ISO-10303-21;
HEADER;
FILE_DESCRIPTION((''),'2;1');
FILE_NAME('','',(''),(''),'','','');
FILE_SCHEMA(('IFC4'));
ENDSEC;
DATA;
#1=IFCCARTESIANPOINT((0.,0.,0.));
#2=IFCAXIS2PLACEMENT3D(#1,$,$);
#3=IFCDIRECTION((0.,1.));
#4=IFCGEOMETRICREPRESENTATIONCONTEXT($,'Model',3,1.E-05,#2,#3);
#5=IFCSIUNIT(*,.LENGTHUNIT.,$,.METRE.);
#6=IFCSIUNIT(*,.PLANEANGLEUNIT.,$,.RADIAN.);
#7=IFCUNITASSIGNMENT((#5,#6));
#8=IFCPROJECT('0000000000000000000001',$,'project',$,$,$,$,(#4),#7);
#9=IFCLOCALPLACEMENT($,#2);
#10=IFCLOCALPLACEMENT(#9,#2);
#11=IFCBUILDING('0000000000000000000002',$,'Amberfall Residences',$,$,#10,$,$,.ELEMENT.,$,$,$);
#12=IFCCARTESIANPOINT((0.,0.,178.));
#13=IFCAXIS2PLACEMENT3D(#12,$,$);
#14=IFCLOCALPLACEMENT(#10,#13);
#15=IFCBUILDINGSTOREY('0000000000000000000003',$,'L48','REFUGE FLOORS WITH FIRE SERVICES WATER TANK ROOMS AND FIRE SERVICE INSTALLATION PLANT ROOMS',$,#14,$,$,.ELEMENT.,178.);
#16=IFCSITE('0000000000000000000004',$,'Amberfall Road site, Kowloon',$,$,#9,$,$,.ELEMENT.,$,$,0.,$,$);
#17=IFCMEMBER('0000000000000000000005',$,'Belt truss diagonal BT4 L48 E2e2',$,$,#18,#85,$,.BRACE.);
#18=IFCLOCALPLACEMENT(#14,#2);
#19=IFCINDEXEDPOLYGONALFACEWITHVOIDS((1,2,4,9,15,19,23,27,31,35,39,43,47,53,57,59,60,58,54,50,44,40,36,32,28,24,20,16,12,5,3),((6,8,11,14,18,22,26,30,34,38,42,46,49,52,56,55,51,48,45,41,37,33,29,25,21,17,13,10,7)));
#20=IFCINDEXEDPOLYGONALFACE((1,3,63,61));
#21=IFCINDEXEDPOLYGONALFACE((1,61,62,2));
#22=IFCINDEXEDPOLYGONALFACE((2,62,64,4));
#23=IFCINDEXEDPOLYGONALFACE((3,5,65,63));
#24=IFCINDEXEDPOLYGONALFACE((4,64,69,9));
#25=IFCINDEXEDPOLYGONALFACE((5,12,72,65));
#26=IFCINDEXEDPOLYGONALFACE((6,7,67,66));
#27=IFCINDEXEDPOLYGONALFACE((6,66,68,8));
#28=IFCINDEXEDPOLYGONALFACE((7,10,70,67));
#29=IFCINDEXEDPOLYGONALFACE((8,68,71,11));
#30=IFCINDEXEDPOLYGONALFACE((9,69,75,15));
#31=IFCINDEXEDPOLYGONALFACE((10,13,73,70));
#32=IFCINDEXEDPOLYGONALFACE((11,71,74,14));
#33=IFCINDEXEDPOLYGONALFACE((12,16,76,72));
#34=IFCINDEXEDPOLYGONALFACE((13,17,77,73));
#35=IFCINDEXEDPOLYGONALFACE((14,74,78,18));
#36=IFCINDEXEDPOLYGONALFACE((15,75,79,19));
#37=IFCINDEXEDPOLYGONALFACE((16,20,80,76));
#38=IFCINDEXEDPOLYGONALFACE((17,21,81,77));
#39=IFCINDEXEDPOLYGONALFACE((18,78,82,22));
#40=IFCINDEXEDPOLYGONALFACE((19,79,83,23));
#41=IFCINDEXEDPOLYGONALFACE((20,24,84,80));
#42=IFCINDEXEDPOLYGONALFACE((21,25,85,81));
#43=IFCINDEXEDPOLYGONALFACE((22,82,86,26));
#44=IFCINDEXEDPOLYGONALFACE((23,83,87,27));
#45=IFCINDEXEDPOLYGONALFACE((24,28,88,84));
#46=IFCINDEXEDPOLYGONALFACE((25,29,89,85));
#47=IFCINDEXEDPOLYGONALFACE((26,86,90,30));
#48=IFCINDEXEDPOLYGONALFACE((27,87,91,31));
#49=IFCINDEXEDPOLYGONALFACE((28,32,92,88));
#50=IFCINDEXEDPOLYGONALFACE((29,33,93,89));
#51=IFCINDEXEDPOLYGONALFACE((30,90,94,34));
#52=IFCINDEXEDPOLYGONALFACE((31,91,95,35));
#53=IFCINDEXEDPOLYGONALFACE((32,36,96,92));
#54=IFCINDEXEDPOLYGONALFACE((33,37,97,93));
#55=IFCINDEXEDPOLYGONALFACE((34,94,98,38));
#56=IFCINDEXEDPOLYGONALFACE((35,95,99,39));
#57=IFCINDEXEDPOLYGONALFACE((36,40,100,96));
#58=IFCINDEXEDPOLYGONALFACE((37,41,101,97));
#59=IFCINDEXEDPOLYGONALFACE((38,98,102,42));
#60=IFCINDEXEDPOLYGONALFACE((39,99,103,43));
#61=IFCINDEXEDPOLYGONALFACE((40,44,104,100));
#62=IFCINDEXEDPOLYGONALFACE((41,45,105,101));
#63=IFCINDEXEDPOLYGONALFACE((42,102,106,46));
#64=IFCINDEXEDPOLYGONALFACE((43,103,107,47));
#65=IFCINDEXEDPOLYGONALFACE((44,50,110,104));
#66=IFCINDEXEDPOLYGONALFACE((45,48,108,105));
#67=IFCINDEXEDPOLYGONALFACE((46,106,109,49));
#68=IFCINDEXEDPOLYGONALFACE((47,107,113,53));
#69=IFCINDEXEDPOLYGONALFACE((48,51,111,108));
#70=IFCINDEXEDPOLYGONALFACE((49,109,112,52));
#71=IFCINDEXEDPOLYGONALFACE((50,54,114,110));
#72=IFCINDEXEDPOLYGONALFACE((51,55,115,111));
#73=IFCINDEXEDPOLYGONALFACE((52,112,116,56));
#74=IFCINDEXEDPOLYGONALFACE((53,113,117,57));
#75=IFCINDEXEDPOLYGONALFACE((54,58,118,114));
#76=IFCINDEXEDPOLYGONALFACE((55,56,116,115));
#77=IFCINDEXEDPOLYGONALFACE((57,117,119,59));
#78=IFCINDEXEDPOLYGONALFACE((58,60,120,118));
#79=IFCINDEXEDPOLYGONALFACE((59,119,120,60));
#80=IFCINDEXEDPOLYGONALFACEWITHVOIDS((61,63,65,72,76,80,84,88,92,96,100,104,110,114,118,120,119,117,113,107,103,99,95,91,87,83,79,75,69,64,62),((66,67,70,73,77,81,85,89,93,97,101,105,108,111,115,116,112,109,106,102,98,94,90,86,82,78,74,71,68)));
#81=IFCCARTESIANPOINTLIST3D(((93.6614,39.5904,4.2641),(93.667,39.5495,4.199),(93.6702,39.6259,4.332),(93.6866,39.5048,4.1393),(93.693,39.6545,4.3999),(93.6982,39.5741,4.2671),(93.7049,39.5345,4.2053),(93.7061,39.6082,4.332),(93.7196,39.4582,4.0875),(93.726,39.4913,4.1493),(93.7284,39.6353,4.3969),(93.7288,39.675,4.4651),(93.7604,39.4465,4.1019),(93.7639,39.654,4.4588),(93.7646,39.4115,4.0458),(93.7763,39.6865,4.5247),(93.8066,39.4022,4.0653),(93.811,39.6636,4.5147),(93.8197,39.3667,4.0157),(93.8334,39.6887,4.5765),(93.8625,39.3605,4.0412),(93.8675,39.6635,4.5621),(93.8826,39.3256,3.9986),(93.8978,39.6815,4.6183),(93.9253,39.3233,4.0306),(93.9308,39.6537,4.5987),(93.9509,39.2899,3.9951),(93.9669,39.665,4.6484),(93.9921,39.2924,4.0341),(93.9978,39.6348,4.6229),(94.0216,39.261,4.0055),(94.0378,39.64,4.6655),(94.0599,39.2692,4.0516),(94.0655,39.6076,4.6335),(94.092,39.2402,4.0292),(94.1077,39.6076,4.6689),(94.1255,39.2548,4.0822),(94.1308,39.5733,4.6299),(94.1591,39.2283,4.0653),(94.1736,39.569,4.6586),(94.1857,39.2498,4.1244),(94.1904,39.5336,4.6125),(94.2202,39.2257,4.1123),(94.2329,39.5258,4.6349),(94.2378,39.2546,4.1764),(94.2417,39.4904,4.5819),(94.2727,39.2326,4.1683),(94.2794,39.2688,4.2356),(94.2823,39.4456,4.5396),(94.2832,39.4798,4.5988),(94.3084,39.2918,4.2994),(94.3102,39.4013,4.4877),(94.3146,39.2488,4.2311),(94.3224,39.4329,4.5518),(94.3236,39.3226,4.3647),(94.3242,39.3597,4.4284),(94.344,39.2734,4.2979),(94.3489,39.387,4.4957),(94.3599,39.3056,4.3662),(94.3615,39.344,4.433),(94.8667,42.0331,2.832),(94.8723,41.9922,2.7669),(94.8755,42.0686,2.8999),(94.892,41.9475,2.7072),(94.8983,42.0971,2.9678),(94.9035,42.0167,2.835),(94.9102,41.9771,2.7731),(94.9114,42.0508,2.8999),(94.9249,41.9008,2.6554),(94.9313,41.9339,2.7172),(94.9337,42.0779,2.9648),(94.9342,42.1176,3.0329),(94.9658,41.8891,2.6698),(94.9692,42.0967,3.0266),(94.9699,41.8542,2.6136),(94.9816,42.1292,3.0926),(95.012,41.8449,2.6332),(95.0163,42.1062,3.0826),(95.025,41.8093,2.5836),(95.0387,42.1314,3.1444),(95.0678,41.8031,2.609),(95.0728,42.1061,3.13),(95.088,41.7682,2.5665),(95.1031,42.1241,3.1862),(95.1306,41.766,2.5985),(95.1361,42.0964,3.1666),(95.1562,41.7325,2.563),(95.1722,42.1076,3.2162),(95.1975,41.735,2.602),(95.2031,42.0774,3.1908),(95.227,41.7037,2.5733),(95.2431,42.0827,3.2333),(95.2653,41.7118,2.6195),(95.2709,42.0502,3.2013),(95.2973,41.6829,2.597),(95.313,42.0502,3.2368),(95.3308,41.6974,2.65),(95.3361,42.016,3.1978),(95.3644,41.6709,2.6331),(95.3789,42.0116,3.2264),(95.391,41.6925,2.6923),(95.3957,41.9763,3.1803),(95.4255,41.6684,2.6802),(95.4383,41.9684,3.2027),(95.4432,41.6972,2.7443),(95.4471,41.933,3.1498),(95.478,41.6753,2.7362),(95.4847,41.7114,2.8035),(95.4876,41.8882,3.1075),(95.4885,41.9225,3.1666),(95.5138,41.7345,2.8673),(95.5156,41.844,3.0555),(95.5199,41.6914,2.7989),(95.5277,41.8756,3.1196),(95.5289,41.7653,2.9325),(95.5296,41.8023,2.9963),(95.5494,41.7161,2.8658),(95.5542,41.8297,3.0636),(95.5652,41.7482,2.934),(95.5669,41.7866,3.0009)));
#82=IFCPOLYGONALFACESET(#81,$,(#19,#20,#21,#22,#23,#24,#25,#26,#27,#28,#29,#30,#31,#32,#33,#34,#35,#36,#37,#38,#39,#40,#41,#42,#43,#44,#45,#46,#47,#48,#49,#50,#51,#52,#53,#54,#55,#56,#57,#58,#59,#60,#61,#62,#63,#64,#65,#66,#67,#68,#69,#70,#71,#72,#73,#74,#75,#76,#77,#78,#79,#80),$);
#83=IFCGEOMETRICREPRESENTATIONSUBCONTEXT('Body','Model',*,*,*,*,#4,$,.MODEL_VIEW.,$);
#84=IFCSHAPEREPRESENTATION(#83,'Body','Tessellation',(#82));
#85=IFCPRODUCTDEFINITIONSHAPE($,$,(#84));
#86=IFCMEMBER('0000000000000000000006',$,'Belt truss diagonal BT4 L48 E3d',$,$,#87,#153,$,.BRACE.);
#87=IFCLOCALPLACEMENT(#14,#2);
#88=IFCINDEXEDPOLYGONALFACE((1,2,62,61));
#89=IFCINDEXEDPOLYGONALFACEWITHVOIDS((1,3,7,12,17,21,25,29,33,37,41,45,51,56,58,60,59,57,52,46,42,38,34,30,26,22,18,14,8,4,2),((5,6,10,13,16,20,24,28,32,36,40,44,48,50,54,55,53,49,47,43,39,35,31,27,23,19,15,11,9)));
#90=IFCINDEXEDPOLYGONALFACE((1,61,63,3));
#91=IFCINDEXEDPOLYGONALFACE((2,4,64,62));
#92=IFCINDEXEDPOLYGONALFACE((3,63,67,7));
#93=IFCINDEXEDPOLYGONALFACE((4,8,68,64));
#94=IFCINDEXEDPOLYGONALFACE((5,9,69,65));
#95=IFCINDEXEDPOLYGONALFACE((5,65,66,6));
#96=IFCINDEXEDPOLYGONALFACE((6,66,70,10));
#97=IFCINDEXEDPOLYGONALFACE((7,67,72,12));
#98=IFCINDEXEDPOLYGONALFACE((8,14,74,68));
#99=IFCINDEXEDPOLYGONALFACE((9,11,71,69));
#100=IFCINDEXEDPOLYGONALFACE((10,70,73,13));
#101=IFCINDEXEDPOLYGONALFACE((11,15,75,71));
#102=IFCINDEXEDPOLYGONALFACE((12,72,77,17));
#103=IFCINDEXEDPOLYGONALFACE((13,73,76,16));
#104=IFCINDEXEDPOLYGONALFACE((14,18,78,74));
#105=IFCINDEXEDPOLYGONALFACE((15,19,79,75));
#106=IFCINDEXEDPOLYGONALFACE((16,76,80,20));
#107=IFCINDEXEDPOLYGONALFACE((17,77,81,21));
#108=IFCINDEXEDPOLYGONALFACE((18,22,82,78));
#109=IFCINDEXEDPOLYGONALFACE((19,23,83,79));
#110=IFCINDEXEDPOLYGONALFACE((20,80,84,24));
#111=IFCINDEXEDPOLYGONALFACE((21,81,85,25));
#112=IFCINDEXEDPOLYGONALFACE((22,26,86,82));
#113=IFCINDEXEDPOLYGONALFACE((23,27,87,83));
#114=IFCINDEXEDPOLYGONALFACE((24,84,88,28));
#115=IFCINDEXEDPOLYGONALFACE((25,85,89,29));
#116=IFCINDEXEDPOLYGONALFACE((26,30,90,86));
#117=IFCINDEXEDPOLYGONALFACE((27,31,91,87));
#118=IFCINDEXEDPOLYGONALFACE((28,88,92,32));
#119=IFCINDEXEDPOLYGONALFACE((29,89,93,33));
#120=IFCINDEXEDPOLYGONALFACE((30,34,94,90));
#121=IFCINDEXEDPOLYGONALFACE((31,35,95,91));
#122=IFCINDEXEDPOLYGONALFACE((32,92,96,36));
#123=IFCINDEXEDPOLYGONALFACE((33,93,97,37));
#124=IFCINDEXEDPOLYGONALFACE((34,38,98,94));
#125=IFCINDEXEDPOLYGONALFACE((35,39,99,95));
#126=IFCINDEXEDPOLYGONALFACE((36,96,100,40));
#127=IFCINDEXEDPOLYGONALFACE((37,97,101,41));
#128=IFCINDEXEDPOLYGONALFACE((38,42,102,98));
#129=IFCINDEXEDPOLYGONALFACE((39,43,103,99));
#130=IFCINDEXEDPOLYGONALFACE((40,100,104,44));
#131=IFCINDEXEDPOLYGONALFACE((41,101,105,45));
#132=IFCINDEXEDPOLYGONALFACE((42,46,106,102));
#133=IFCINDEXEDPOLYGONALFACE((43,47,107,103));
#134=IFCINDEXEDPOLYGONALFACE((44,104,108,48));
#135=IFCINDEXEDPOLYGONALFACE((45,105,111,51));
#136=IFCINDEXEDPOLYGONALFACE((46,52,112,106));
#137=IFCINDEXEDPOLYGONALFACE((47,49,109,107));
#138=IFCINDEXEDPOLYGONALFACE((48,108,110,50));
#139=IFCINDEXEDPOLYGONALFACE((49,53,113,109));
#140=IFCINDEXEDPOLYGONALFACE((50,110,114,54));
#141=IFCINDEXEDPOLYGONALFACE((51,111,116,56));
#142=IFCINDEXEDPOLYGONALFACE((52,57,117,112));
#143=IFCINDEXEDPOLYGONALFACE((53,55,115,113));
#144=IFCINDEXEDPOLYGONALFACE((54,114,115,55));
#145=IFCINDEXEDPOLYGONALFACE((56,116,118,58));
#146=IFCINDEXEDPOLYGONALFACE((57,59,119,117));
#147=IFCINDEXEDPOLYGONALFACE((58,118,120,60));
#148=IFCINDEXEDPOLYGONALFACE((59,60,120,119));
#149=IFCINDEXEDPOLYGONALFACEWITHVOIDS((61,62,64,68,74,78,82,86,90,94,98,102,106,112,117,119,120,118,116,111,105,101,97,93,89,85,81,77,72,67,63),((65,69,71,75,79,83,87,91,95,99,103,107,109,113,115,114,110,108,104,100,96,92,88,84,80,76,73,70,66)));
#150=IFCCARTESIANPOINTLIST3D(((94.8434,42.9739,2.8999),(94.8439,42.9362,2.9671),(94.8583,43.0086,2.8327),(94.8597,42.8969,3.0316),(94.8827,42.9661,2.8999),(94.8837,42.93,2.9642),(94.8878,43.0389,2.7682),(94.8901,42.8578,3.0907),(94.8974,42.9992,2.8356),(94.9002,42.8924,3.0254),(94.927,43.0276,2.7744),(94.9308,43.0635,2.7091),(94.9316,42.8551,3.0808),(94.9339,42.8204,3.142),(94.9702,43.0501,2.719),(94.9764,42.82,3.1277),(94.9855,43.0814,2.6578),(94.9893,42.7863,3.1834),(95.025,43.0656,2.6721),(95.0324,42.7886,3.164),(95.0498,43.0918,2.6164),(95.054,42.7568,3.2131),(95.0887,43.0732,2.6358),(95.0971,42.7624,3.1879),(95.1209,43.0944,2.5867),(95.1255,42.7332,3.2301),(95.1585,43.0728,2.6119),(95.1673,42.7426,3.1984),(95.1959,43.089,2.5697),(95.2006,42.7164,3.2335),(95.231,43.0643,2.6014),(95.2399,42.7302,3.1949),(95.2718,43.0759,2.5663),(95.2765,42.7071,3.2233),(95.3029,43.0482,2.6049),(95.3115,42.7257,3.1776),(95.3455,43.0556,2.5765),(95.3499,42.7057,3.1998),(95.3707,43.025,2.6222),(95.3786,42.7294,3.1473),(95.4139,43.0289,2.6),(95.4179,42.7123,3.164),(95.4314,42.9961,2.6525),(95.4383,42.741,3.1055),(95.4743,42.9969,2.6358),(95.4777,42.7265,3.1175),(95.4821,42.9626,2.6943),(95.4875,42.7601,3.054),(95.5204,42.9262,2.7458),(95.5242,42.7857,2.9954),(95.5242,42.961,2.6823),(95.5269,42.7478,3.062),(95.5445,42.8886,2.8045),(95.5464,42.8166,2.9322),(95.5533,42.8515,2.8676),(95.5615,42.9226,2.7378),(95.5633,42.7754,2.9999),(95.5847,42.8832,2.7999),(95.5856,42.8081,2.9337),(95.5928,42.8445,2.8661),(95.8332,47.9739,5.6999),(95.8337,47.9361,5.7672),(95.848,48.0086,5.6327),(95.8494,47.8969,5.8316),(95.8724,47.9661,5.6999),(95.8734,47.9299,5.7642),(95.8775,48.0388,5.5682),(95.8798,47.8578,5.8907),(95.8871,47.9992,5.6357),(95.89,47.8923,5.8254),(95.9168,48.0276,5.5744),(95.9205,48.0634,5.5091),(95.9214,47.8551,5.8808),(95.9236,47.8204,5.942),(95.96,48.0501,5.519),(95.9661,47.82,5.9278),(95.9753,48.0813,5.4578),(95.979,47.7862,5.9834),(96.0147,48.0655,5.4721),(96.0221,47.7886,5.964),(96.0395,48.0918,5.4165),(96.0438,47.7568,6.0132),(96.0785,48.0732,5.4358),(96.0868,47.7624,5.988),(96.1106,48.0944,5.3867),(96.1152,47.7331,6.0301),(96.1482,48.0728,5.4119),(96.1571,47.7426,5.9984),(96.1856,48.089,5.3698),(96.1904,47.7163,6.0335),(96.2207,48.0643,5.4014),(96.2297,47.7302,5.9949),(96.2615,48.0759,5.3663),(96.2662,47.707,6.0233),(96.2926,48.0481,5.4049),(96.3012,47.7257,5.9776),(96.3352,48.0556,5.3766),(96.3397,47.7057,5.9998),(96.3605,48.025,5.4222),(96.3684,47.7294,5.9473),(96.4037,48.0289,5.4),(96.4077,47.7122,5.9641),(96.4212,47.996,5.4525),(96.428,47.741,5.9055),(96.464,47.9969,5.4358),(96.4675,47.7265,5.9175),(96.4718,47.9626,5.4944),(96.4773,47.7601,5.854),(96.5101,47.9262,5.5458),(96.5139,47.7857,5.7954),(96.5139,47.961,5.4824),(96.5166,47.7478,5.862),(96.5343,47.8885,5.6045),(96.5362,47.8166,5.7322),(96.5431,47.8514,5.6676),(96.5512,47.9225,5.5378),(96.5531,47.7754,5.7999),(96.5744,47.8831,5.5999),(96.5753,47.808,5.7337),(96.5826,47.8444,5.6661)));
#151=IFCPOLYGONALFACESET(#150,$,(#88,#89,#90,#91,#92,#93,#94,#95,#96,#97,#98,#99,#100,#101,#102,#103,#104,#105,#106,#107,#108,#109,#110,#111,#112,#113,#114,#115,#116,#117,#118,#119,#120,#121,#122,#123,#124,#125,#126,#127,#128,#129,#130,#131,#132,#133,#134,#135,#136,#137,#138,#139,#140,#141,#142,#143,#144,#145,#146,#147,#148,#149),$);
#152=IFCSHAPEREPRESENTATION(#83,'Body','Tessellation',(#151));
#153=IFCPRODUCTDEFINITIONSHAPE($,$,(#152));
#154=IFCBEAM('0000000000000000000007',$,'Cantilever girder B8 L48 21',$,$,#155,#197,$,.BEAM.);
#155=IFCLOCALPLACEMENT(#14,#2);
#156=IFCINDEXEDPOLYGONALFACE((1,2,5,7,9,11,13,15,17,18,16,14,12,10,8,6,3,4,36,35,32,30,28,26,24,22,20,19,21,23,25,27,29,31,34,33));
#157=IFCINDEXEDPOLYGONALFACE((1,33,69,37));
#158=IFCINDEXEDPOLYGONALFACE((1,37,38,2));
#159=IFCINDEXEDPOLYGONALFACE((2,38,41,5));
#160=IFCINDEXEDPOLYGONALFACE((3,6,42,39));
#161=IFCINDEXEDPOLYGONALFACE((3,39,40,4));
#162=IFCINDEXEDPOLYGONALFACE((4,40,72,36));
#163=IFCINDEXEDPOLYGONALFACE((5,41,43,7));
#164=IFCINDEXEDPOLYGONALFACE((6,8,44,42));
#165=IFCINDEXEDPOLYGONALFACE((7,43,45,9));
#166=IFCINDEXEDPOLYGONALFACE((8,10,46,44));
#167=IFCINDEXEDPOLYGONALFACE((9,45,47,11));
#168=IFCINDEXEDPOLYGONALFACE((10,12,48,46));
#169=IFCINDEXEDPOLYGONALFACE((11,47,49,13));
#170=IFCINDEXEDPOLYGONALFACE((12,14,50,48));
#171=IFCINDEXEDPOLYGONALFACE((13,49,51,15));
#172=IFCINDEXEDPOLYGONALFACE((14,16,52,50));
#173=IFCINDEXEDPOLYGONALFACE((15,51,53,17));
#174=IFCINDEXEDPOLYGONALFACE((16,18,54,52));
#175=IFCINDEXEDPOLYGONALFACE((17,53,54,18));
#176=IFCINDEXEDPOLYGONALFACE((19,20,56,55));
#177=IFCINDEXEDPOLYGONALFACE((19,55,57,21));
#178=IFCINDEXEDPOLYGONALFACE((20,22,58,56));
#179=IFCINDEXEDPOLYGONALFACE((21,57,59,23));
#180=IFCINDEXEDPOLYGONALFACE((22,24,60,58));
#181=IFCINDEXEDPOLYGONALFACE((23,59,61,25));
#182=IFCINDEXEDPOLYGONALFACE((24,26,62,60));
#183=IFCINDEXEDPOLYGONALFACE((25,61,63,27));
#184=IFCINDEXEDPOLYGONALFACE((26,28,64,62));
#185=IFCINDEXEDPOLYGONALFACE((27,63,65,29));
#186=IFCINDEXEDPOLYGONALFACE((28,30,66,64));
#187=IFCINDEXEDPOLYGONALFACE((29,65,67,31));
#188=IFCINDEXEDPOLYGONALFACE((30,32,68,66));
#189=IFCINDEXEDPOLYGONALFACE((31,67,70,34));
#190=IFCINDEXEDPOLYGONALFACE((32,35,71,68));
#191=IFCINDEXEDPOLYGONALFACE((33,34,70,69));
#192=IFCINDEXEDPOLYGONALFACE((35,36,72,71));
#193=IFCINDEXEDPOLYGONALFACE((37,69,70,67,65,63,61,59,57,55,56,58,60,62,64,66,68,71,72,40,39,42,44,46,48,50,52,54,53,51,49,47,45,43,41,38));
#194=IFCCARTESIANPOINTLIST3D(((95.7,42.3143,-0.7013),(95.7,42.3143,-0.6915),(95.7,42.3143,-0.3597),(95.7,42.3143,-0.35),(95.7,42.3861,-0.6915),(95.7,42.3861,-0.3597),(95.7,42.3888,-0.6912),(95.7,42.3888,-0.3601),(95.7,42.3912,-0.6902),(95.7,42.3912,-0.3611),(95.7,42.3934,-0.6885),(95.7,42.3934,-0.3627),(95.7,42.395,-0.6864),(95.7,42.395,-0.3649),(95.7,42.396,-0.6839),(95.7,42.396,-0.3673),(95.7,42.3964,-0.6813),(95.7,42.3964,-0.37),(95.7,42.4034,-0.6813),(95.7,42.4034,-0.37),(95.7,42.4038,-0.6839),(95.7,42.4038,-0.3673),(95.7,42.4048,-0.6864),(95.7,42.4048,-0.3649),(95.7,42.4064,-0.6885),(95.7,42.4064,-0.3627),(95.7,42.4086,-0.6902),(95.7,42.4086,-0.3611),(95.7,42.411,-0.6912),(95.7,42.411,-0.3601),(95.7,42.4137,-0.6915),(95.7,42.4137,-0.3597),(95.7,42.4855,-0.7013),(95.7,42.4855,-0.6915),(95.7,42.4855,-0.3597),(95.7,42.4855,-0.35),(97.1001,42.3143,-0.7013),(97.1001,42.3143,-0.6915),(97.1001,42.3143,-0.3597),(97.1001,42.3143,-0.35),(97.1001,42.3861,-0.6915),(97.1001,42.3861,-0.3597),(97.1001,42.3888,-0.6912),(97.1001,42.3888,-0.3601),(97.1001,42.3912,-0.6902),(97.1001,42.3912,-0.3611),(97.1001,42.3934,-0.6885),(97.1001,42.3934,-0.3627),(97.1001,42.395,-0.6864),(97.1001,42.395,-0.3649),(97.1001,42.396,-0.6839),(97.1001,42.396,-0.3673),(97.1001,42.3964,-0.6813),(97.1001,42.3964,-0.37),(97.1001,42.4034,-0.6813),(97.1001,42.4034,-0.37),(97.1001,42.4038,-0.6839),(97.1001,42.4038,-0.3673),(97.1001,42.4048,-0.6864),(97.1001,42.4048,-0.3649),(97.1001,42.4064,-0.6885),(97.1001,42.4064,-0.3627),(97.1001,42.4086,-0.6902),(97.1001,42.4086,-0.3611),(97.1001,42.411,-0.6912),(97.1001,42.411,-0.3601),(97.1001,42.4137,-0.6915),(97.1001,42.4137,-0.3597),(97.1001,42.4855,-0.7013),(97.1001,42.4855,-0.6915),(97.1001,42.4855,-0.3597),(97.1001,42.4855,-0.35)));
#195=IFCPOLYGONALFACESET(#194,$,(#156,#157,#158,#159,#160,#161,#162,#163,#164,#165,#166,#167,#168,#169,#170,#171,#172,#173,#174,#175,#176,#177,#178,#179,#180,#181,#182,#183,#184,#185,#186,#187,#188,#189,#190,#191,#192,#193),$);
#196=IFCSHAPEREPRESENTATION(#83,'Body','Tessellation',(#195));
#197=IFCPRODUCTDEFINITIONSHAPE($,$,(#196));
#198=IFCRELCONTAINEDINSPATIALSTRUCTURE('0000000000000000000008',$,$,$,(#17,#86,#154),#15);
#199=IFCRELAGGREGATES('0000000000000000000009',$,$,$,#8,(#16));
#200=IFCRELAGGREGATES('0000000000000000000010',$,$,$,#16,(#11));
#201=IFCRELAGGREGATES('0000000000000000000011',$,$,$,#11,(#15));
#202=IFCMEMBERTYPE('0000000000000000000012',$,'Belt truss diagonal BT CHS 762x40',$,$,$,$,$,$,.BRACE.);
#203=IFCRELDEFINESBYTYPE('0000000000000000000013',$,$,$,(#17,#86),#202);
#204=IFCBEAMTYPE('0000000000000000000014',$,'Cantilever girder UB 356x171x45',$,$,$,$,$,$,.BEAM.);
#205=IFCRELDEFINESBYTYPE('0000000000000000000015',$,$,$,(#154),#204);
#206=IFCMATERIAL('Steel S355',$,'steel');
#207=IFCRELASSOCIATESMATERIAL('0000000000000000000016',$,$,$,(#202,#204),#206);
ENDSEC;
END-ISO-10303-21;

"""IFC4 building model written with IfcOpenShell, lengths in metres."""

from ifc_helpers import new_model, si_unit, direction, frame, origin, origin_2d, place, context, subcontext, project, spatial, hollow_circle, i_section, extrude, material, material_profile, profile_set, type_object, element, save


model = new_model("IFC4")

# Units and contexts
model_context = context("Model", 3, precision=1e-05, world=origin(), true_north=direction((0.0, 1.0)))
body_context = subcontext(model_context, "Body", "Model", "MODEL_VIEW")
ifc_project = project(units=[si_unit("LENGTHUNIT", "METRE"), si_unit("PLANEANGLEUNIT", "RADIAN")], contexts=[model_context])

# Site, building, storey
site_placement = place(None, origin())
site = spatial("IfcSite", under=ifc_project, at=site_placement, Name="Amberfall Road site, Kowloon", CompositionType="ELEMENT", RefElevation=0.0)
building_placement = place(site_placement, origin())
building = spatial("IfcBuilding", under=site, at=building_placement, Name="Amberfall Residences", CompositionType="ELEMENT")
storey_placement = place(building_placement, frame((0.0, 0.0, 178.0)))
storey = spatial("IfcBuildingStorey", under=building, at=storey_placement, Name="L48", Description="REFUGE FLOORS WITH FIRE SERVICES WATER TANK ROOMS AND FIRE SERVICE INSTALLATION PLANT ROOMS", CompositionType="ELEMENT", Elevation=178.0)

# Shared definitions
ifc_material_1 = material(Name="Steel S355", Category="steel")

# Members
ifc_material_profile_1 = material_profile(ifc_material_1, hollow_circle(Radius=0.3811, WallThickness=0.04, at=origin_2d()), Name="CHS 762x40")
ifc_profile_set_1 = profile_set([ifc_material_profile_1], Name="Steel S355")
member_type_1 = type_object("IfcMemberType", Name="Belt truss diagonal BT CHS 762x40", PredefinedType="BRACE", material=ifc_profile_set_1)
member_1_placement = place(storey_placement, frame((94.012, 39.4573, 4.332), z_axis=(0.391673, 0.793738, -0.465374), x_axis=(-0.896763, 0.442511, 0.0)))
element("IfcMember", 1, at=member_1_placement, inside=storey, type_object=member_type_1, Name="Belt truss diagonal BT4 L48 E2e2", PredefinedType="BRACE", context=body_context, shape_type="SweptSolid", body=[
    extrude(hollow_circle(Radius=0.3811, WallThickness=0.04, at=origin_2d()), origin(), (0.0, 0.0, 1.0), 3.0774),
])
member_2_placement = place(storey_placement, frame((95.2173, 42.8999, 2.8999), z_axis=(0.170191, 0.859773, 0.481482), x_axis=(-0.980966, 0.194181, 0.0)))
element("IfcMember", 2, at=member_2_placement, inside=storey, type_object=member_type_1, Name="Belt truss diagonal BT4 L48 E3d", PredefinedType="BRACE", context=body_context, shape_type="SweptSolid", body=[
    extrude(hollow_circle(Radius=0.3811, WallThickness=0.04, at=origin_2d()), origin(), (0.0, 0.0, 1.0), 5.8154),
])

# Beam
ifc_material_profile_2 = material_profile(ifc_material_1, i_section(OverallWidth=0.1711, OverallDepth=0.3513, WebThickness=0.0071, FlangeThickness=0.0098, FilletRadius=0.0103, at=origin_2d()), Name="UB 356x171x45")
ifc_profile_set_2 = profile_set([ifc_material_profile_2], Name="Steel S355")
beam_type_1 = type_object("IfcBeamType", Name="Cantilever girder UB 356x171x45", PredefinedType="BEAM", material=ifc_profile_set_2)
beam_1_placement = place(storey_placement, frame((95.7, 42.3999, -0.5256), z_axis=(1.0, 0.0, 0.0), x_axis=(0.0, 1.0, 0.0)))
element("IfcBeam", 3, at=beam_1_placement, inside=storey, type_object=beam_type_1, Name="Cantilever girder B8 L48 21", PredefinedType="BEAM", context=body_context, shape_type="SweptSolid", body=[
    extrude(i_section(OverallWidth=0.1711, OverallDepth=0.3513, WebThickness=0.0071, FlangeThickness=0.0098, FilletRadius=0.0103, at=origin_2d()), origin(), (0.0, 0.0, 1.0), 1.4001),
])

save(model, "model.ifc")
